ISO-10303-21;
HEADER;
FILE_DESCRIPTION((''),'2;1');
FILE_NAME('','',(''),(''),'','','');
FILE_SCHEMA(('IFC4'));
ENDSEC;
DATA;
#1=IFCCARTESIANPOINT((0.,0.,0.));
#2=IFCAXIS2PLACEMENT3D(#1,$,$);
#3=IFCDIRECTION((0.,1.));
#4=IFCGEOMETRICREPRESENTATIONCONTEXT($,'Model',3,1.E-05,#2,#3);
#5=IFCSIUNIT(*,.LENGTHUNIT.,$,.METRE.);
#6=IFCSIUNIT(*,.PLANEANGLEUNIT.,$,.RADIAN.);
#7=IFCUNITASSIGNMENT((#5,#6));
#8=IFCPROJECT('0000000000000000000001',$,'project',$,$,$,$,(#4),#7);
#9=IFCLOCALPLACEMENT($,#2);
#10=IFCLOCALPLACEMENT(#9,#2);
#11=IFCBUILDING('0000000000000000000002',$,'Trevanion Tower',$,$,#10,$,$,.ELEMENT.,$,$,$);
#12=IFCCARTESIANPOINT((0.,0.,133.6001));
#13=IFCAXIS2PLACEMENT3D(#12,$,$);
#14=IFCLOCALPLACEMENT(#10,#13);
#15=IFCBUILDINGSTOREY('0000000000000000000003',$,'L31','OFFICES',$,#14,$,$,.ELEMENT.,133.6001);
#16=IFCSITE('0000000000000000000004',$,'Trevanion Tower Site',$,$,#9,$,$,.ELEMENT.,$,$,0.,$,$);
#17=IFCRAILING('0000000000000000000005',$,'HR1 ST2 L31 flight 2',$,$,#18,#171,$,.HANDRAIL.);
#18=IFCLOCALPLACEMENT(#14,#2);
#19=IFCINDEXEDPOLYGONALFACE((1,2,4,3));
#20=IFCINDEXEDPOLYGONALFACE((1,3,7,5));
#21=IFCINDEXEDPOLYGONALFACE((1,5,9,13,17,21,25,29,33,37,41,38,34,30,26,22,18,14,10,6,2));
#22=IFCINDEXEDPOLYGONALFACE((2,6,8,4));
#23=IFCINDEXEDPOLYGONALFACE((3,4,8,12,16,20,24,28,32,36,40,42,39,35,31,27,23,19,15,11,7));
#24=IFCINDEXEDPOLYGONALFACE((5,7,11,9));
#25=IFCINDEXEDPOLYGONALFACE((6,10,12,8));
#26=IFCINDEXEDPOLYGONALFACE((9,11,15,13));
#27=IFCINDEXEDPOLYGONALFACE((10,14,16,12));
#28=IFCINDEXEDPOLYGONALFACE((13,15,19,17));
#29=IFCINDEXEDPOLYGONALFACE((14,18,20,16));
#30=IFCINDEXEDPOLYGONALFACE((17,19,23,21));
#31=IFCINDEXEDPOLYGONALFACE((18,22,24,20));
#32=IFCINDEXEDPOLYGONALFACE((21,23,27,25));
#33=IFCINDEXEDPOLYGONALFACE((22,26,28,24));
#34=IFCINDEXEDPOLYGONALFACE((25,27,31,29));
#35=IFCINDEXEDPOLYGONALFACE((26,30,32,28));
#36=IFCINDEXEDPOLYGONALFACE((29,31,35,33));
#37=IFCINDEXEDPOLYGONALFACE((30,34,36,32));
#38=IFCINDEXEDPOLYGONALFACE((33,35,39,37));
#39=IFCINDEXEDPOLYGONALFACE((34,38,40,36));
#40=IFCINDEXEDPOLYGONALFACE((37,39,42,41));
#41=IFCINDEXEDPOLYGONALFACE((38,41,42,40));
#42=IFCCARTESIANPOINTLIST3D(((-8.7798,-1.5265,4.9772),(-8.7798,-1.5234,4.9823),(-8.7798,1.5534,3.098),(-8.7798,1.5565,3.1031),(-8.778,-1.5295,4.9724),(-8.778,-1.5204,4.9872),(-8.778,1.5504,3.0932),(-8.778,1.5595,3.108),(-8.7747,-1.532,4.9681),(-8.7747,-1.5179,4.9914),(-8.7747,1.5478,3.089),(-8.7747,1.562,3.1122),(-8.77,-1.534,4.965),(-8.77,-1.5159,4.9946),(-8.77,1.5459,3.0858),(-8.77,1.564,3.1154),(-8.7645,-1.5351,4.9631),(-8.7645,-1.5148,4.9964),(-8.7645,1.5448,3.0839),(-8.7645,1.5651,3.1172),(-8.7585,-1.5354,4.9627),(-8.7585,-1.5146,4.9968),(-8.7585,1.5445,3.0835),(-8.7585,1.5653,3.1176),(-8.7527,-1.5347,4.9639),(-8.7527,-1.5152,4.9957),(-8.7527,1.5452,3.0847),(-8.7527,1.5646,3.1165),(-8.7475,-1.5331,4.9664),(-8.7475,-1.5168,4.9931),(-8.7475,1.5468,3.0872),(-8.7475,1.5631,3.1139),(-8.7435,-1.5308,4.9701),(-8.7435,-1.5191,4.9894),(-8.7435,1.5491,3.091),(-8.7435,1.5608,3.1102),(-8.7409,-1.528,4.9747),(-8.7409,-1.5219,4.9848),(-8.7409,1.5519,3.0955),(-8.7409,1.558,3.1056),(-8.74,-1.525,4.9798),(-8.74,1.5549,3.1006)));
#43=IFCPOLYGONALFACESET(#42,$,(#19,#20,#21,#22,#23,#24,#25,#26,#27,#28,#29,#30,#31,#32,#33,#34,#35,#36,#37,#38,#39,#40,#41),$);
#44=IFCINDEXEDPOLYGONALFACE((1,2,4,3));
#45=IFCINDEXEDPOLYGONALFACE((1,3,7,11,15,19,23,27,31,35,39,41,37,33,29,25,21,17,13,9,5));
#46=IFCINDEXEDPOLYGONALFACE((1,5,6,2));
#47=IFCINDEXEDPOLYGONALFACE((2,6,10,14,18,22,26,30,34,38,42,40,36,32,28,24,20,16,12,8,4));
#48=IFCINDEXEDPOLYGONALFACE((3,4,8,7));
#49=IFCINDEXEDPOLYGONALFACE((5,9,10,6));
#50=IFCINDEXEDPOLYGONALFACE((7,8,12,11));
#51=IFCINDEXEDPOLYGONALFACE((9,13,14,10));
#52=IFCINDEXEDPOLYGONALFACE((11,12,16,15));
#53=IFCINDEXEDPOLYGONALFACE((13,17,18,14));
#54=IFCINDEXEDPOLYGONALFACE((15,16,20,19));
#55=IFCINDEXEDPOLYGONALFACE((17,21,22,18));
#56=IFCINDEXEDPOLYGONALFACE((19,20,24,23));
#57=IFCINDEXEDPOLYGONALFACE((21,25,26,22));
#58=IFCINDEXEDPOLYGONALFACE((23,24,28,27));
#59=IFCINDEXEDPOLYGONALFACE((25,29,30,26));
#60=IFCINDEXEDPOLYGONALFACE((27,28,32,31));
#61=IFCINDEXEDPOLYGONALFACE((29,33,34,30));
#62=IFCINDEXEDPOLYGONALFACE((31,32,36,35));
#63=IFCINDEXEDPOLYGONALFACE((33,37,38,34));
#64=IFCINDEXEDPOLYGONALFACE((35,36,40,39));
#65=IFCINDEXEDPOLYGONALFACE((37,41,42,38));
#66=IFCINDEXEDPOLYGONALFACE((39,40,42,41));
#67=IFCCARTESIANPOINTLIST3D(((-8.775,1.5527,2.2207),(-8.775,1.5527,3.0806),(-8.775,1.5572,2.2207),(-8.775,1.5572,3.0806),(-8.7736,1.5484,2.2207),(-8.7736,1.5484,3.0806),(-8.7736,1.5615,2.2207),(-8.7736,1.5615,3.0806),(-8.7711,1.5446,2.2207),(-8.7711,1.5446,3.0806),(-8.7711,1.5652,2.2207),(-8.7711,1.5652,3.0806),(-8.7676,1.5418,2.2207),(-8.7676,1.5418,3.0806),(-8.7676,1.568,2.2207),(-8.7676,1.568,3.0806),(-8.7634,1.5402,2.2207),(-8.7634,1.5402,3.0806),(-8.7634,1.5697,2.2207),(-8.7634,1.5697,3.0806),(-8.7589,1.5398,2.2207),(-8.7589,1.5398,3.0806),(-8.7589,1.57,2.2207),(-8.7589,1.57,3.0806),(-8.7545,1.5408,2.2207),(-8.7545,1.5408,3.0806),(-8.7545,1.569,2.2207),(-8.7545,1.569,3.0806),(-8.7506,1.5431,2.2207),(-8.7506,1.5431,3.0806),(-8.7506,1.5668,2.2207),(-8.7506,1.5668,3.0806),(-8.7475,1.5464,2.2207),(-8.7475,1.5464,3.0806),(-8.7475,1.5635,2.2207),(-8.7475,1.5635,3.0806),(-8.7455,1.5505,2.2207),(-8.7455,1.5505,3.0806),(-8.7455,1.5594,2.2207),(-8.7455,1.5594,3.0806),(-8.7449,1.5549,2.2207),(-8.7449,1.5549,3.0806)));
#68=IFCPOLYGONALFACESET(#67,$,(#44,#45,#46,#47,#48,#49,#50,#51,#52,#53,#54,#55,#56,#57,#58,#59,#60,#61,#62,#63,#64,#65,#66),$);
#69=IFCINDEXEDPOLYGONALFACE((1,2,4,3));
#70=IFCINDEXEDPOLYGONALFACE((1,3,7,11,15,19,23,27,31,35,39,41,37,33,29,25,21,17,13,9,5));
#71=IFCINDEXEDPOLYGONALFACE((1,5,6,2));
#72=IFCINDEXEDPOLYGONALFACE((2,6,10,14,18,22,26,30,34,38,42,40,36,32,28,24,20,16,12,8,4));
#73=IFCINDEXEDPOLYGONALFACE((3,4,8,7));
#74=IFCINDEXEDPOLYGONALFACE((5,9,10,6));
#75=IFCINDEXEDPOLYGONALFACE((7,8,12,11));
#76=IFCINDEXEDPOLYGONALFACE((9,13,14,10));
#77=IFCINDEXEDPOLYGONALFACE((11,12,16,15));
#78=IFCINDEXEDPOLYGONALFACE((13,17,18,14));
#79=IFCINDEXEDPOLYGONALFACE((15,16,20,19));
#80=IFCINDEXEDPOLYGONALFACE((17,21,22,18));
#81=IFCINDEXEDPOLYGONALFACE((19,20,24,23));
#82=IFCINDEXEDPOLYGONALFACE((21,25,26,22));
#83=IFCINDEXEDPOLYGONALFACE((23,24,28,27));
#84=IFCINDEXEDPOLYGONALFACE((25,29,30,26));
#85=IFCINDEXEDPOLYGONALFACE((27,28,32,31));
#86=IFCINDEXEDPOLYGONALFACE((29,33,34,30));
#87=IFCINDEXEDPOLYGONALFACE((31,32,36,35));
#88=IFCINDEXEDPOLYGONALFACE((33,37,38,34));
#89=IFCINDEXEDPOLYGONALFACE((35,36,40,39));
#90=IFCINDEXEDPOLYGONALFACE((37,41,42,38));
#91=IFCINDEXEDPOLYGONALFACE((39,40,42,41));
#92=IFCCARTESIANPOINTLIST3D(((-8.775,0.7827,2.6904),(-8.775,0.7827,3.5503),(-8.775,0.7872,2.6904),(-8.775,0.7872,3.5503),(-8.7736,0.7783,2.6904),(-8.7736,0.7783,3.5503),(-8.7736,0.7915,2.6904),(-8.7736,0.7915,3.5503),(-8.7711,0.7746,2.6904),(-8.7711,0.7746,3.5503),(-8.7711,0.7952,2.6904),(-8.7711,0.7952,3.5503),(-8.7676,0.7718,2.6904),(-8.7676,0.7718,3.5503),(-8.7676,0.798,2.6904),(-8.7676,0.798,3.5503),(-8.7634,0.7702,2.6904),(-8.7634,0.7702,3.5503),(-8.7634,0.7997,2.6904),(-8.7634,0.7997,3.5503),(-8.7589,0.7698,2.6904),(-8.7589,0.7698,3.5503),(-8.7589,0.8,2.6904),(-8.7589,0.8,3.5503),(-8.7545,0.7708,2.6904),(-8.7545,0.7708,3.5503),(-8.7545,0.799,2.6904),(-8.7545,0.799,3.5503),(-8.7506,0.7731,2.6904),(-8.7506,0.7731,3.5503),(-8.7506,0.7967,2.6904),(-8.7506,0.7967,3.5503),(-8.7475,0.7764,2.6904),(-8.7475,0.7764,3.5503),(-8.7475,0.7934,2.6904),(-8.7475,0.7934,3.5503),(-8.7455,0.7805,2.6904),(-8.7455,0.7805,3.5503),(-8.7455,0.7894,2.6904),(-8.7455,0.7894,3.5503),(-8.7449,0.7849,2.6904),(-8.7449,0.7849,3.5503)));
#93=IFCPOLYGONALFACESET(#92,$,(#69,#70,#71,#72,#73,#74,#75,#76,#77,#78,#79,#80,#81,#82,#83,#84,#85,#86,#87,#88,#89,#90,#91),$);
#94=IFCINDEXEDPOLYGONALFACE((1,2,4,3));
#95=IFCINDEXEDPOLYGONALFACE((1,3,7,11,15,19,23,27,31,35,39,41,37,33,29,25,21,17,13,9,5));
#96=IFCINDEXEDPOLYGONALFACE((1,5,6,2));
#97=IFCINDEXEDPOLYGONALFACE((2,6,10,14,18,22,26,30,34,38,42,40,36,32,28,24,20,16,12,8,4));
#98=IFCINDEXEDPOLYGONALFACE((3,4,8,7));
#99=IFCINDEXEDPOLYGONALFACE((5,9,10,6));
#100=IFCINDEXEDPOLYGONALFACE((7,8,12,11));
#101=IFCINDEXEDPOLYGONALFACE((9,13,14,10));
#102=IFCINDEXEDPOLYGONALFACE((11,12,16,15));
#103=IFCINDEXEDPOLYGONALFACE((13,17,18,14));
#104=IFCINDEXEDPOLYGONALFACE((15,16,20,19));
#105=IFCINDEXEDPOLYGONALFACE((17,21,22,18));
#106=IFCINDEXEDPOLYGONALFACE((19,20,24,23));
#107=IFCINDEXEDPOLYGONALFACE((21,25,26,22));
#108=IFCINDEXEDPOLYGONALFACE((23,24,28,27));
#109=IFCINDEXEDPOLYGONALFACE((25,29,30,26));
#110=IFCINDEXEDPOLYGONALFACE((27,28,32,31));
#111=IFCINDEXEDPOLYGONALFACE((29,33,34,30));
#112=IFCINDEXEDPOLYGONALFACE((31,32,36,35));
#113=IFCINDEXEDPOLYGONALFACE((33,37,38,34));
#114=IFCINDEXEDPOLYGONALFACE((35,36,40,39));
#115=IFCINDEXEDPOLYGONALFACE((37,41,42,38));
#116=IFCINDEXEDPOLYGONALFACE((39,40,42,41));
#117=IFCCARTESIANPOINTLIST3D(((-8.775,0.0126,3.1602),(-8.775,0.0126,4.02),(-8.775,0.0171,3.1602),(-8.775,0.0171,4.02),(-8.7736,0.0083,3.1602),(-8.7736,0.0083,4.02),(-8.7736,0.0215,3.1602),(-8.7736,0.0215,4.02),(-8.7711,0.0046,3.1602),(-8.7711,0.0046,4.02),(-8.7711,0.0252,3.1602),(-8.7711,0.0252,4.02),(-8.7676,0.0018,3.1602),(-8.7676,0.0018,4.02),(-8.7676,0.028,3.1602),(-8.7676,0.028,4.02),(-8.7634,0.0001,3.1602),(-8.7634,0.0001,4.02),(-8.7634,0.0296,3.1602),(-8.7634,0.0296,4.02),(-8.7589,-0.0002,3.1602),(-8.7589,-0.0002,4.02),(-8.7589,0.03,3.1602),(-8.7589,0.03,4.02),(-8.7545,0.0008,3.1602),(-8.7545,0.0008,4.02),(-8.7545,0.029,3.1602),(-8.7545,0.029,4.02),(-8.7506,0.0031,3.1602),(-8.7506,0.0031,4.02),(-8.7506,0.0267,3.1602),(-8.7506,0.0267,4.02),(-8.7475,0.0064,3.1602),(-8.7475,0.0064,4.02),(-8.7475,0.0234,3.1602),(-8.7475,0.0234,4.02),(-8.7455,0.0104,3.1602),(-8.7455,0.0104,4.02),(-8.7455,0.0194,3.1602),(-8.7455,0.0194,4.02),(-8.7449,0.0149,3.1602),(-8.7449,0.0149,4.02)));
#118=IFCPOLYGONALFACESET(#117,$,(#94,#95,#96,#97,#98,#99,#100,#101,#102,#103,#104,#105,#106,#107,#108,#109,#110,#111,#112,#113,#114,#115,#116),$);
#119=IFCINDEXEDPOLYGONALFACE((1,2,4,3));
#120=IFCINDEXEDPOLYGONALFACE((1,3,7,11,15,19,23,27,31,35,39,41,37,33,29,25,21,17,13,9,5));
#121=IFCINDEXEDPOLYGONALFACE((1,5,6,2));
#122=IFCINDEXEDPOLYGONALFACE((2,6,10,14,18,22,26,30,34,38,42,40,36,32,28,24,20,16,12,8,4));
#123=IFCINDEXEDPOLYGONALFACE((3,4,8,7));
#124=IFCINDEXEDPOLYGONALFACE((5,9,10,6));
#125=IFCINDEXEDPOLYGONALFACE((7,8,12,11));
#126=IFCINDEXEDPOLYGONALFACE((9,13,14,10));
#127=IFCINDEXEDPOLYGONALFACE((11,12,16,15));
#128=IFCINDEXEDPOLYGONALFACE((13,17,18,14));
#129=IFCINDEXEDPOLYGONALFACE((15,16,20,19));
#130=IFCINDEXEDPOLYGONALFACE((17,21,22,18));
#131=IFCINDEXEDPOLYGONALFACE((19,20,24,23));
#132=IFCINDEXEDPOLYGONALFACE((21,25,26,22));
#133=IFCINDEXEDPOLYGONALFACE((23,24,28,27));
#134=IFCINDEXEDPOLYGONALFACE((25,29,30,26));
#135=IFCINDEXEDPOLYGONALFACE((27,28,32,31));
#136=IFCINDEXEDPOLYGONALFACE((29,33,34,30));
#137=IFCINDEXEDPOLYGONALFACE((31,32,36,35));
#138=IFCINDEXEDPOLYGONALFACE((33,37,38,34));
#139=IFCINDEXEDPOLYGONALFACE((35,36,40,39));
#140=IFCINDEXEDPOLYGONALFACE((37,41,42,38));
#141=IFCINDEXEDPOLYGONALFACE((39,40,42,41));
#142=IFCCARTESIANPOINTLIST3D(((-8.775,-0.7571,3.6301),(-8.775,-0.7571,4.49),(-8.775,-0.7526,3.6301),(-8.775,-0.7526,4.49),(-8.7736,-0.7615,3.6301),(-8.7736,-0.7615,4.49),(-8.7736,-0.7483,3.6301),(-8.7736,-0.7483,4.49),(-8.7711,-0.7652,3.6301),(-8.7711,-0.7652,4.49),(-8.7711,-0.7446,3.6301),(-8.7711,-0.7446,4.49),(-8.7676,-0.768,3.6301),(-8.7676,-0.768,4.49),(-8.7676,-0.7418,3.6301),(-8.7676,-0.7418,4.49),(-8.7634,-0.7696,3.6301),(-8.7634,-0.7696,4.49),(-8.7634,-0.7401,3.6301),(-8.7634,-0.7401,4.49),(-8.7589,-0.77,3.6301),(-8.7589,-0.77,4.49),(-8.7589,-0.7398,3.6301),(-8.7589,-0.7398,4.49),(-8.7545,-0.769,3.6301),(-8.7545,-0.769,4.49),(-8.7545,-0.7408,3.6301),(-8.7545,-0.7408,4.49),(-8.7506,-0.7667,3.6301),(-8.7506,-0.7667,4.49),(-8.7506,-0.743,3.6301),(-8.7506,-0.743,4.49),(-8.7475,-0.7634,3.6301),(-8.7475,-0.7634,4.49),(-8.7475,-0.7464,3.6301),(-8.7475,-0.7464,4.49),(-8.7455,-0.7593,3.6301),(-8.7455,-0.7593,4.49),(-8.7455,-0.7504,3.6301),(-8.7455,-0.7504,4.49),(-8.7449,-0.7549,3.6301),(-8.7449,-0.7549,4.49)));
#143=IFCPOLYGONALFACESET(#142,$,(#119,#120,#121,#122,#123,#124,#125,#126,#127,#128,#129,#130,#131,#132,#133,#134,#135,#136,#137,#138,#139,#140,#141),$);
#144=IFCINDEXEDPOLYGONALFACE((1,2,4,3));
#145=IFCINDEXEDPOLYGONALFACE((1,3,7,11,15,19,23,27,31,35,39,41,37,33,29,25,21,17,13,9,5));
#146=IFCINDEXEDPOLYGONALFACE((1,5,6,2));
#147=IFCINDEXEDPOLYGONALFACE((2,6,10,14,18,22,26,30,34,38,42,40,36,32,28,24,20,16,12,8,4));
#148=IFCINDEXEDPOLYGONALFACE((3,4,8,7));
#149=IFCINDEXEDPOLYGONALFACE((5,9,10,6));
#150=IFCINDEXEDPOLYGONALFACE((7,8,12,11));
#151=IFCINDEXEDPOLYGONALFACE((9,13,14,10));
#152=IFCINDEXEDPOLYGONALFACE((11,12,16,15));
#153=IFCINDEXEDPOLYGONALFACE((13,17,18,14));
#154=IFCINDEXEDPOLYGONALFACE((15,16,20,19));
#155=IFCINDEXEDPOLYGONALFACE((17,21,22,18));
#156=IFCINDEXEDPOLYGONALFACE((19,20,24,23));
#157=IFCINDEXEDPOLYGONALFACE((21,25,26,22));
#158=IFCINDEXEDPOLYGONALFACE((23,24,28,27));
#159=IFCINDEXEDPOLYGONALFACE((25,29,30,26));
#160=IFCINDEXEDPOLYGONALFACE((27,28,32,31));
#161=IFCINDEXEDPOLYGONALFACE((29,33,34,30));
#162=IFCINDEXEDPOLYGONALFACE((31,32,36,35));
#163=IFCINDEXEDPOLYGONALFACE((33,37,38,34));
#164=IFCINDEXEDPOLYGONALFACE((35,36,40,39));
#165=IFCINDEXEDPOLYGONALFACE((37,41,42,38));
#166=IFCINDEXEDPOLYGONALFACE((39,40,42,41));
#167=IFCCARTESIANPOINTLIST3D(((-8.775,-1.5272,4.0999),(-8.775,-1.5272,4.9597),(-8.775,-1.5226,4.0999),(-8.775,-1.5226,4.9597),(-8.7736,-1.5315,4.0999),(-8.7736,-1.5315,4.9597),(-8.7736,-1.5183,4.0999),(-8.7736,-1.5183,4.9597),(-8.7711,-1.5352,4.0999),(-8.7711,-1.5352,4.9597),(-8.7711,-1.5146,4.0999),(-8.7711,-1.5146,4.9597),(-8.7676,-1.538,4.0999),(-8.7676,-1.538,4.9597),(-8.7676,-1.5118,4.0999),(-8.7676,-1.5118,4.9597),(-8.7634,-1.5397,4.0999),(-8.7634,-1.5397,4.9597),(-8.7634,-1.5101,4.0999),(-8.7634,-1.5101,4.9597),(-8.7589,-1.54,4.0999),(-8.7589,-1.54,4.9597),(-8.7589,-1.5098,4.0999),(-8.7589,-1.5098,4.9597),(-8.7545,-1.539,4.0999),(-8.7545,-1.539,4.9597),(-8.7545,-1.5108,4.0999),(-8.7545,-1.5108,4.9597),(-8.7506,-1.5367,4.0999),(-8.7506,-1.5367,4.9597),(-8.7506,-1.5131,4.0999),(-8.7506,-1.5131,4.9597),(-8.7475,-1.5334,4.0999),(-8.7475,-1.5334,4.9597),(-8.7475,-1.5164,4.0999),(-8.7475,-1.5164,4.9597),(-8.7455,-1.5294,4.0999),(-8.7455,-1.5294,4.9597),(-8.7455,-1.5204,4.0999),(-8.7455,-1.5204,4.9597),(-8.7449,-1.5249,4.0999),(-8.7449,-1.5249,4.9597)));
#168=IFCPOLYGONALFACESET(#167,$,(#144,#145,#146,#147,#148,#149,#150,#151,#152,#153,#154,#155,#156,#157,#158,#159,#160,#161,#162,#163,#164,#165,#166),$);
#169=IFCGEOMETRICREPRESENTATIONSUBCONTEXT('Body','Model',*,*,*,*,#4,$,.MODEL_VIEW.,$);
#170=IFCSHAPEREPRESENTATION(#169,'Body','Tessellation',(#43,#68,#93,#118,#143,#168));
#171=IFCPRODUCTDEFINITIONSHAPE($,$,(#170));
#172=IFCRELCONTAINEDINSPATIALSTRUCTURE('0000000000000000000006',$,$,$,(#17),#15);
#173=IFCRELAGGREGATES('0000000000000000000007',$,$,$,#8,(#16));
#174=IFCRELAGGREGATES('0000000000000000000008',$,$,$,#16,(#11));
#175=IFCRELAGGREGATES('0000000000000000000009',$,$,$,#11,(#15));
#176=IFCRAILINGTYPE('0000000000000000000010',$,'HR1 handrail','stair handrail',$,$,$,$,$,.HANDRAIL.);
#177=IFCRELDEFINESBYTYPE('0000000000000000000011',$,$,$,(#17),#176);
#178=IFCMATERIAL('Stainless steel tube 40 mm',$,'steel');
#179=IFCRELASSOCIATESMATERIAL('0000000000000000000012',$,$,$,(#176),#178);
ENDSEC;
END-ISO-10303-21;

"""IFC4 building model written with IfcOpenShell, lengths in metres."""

from ifc_helpers import new_model, si_unit, direction, frame, origin, origin_2d, place, context, subcontext, project, spatial, circle, extrude, material, type_object, element, save


model = new_model("IFC4")

# Units and contexts
model_context = context("Model", 3, precision=1e-05, world=origin(), true_north=direction((0.0, 1.0)))
body_context = subcontext(model_context, "Body", "Model", "MODEL_VIEW")
ifc_project = project(units=[si_unit("LENGTHUNIT", "METRE"), si_unit("PLANEANGLEUNIT", "RADIAN")], contexts=[model_context])

# Site, building, storey
site_placement = place(None, origin())
site = spatial("IfcSite", under=ifc_project, at=site_placement, Name="Trevanion Tower Site", CompositionType="ELEMENT", RefElevation=0.0)
building_placement = place(site_placement, origin())
building = spatial("IfcBuilding", under=site, at=building_placement, Name="Trevanion Tower", CompositionType="ELEMENT")
storey_placement = place(building_placement, frame((0.0, 0.0, 133.6001)))
storey = spatial("IfcBuildingStorey", under=building, at=storey_placement, Name="L31", Description="OFFICES", CompositionType="ELEMENT", Elevation=133.6001)

# Railing
ifc_material_1 = material(Name="Stainless steel tube 40 mm", Category="steel")
railing_type = type_object("IfcRailingType", Name="HR1 handrail", Description="stair handrail", PredefinedType="HANDRAIL", material=ifc_material_1)
for number, where, name in (
    (1, (-8.76, 1.5549, 2.2207), "HR1 ST2 L31 flight 2"),
):
    element("IfcRailing", number, at=place(storey_placement, frame(where)), inside=storey, type_object=railing_type, Name=name, PredefinedType="HANDRAIL", context=body_context, shape_type="SweptSolid", body=[
        extrude(circle(Radius=0.02, at=origin_2d()), frame((0.0, 0.0, 0.8799), z_axis=(0.0, -0.853648, 0.52085), x_axis=(1.0, 0.0, 0.0)), (0.0, 0.0, 1.0), 3.6079),
        extrude(circle(Radius=0.0151, at=origin_2d()), origin(), (0.0, 0.0, 1.0), 0.8599),
        extrude(circle(Radius=0.0151, at=origin_2d()), frame((0.0, -0.77, 0.4697)), (0.0, 0.0, 1.0), 0.8599),
        extrude(circle(Radius=0.0151, at=origin_2d()), frame((0.0, -1.54, 0.9395)), (0.0, 0.0, 1.0), 0.8599),
        extrude(circle(Radius=0.0151, at=origin_2d()), frame((0.0, -2.3098, 1.4094)), (0.0, 0.0, 1.0), 0.8599),
        extrude(circle(Radius=0.0151, at=origin_2d()), frame((0.0, -3.0798, 1.8792)), (0.0, 0.0, 1.0), 0.8599),
    ])

save(model, "model.ifc")
